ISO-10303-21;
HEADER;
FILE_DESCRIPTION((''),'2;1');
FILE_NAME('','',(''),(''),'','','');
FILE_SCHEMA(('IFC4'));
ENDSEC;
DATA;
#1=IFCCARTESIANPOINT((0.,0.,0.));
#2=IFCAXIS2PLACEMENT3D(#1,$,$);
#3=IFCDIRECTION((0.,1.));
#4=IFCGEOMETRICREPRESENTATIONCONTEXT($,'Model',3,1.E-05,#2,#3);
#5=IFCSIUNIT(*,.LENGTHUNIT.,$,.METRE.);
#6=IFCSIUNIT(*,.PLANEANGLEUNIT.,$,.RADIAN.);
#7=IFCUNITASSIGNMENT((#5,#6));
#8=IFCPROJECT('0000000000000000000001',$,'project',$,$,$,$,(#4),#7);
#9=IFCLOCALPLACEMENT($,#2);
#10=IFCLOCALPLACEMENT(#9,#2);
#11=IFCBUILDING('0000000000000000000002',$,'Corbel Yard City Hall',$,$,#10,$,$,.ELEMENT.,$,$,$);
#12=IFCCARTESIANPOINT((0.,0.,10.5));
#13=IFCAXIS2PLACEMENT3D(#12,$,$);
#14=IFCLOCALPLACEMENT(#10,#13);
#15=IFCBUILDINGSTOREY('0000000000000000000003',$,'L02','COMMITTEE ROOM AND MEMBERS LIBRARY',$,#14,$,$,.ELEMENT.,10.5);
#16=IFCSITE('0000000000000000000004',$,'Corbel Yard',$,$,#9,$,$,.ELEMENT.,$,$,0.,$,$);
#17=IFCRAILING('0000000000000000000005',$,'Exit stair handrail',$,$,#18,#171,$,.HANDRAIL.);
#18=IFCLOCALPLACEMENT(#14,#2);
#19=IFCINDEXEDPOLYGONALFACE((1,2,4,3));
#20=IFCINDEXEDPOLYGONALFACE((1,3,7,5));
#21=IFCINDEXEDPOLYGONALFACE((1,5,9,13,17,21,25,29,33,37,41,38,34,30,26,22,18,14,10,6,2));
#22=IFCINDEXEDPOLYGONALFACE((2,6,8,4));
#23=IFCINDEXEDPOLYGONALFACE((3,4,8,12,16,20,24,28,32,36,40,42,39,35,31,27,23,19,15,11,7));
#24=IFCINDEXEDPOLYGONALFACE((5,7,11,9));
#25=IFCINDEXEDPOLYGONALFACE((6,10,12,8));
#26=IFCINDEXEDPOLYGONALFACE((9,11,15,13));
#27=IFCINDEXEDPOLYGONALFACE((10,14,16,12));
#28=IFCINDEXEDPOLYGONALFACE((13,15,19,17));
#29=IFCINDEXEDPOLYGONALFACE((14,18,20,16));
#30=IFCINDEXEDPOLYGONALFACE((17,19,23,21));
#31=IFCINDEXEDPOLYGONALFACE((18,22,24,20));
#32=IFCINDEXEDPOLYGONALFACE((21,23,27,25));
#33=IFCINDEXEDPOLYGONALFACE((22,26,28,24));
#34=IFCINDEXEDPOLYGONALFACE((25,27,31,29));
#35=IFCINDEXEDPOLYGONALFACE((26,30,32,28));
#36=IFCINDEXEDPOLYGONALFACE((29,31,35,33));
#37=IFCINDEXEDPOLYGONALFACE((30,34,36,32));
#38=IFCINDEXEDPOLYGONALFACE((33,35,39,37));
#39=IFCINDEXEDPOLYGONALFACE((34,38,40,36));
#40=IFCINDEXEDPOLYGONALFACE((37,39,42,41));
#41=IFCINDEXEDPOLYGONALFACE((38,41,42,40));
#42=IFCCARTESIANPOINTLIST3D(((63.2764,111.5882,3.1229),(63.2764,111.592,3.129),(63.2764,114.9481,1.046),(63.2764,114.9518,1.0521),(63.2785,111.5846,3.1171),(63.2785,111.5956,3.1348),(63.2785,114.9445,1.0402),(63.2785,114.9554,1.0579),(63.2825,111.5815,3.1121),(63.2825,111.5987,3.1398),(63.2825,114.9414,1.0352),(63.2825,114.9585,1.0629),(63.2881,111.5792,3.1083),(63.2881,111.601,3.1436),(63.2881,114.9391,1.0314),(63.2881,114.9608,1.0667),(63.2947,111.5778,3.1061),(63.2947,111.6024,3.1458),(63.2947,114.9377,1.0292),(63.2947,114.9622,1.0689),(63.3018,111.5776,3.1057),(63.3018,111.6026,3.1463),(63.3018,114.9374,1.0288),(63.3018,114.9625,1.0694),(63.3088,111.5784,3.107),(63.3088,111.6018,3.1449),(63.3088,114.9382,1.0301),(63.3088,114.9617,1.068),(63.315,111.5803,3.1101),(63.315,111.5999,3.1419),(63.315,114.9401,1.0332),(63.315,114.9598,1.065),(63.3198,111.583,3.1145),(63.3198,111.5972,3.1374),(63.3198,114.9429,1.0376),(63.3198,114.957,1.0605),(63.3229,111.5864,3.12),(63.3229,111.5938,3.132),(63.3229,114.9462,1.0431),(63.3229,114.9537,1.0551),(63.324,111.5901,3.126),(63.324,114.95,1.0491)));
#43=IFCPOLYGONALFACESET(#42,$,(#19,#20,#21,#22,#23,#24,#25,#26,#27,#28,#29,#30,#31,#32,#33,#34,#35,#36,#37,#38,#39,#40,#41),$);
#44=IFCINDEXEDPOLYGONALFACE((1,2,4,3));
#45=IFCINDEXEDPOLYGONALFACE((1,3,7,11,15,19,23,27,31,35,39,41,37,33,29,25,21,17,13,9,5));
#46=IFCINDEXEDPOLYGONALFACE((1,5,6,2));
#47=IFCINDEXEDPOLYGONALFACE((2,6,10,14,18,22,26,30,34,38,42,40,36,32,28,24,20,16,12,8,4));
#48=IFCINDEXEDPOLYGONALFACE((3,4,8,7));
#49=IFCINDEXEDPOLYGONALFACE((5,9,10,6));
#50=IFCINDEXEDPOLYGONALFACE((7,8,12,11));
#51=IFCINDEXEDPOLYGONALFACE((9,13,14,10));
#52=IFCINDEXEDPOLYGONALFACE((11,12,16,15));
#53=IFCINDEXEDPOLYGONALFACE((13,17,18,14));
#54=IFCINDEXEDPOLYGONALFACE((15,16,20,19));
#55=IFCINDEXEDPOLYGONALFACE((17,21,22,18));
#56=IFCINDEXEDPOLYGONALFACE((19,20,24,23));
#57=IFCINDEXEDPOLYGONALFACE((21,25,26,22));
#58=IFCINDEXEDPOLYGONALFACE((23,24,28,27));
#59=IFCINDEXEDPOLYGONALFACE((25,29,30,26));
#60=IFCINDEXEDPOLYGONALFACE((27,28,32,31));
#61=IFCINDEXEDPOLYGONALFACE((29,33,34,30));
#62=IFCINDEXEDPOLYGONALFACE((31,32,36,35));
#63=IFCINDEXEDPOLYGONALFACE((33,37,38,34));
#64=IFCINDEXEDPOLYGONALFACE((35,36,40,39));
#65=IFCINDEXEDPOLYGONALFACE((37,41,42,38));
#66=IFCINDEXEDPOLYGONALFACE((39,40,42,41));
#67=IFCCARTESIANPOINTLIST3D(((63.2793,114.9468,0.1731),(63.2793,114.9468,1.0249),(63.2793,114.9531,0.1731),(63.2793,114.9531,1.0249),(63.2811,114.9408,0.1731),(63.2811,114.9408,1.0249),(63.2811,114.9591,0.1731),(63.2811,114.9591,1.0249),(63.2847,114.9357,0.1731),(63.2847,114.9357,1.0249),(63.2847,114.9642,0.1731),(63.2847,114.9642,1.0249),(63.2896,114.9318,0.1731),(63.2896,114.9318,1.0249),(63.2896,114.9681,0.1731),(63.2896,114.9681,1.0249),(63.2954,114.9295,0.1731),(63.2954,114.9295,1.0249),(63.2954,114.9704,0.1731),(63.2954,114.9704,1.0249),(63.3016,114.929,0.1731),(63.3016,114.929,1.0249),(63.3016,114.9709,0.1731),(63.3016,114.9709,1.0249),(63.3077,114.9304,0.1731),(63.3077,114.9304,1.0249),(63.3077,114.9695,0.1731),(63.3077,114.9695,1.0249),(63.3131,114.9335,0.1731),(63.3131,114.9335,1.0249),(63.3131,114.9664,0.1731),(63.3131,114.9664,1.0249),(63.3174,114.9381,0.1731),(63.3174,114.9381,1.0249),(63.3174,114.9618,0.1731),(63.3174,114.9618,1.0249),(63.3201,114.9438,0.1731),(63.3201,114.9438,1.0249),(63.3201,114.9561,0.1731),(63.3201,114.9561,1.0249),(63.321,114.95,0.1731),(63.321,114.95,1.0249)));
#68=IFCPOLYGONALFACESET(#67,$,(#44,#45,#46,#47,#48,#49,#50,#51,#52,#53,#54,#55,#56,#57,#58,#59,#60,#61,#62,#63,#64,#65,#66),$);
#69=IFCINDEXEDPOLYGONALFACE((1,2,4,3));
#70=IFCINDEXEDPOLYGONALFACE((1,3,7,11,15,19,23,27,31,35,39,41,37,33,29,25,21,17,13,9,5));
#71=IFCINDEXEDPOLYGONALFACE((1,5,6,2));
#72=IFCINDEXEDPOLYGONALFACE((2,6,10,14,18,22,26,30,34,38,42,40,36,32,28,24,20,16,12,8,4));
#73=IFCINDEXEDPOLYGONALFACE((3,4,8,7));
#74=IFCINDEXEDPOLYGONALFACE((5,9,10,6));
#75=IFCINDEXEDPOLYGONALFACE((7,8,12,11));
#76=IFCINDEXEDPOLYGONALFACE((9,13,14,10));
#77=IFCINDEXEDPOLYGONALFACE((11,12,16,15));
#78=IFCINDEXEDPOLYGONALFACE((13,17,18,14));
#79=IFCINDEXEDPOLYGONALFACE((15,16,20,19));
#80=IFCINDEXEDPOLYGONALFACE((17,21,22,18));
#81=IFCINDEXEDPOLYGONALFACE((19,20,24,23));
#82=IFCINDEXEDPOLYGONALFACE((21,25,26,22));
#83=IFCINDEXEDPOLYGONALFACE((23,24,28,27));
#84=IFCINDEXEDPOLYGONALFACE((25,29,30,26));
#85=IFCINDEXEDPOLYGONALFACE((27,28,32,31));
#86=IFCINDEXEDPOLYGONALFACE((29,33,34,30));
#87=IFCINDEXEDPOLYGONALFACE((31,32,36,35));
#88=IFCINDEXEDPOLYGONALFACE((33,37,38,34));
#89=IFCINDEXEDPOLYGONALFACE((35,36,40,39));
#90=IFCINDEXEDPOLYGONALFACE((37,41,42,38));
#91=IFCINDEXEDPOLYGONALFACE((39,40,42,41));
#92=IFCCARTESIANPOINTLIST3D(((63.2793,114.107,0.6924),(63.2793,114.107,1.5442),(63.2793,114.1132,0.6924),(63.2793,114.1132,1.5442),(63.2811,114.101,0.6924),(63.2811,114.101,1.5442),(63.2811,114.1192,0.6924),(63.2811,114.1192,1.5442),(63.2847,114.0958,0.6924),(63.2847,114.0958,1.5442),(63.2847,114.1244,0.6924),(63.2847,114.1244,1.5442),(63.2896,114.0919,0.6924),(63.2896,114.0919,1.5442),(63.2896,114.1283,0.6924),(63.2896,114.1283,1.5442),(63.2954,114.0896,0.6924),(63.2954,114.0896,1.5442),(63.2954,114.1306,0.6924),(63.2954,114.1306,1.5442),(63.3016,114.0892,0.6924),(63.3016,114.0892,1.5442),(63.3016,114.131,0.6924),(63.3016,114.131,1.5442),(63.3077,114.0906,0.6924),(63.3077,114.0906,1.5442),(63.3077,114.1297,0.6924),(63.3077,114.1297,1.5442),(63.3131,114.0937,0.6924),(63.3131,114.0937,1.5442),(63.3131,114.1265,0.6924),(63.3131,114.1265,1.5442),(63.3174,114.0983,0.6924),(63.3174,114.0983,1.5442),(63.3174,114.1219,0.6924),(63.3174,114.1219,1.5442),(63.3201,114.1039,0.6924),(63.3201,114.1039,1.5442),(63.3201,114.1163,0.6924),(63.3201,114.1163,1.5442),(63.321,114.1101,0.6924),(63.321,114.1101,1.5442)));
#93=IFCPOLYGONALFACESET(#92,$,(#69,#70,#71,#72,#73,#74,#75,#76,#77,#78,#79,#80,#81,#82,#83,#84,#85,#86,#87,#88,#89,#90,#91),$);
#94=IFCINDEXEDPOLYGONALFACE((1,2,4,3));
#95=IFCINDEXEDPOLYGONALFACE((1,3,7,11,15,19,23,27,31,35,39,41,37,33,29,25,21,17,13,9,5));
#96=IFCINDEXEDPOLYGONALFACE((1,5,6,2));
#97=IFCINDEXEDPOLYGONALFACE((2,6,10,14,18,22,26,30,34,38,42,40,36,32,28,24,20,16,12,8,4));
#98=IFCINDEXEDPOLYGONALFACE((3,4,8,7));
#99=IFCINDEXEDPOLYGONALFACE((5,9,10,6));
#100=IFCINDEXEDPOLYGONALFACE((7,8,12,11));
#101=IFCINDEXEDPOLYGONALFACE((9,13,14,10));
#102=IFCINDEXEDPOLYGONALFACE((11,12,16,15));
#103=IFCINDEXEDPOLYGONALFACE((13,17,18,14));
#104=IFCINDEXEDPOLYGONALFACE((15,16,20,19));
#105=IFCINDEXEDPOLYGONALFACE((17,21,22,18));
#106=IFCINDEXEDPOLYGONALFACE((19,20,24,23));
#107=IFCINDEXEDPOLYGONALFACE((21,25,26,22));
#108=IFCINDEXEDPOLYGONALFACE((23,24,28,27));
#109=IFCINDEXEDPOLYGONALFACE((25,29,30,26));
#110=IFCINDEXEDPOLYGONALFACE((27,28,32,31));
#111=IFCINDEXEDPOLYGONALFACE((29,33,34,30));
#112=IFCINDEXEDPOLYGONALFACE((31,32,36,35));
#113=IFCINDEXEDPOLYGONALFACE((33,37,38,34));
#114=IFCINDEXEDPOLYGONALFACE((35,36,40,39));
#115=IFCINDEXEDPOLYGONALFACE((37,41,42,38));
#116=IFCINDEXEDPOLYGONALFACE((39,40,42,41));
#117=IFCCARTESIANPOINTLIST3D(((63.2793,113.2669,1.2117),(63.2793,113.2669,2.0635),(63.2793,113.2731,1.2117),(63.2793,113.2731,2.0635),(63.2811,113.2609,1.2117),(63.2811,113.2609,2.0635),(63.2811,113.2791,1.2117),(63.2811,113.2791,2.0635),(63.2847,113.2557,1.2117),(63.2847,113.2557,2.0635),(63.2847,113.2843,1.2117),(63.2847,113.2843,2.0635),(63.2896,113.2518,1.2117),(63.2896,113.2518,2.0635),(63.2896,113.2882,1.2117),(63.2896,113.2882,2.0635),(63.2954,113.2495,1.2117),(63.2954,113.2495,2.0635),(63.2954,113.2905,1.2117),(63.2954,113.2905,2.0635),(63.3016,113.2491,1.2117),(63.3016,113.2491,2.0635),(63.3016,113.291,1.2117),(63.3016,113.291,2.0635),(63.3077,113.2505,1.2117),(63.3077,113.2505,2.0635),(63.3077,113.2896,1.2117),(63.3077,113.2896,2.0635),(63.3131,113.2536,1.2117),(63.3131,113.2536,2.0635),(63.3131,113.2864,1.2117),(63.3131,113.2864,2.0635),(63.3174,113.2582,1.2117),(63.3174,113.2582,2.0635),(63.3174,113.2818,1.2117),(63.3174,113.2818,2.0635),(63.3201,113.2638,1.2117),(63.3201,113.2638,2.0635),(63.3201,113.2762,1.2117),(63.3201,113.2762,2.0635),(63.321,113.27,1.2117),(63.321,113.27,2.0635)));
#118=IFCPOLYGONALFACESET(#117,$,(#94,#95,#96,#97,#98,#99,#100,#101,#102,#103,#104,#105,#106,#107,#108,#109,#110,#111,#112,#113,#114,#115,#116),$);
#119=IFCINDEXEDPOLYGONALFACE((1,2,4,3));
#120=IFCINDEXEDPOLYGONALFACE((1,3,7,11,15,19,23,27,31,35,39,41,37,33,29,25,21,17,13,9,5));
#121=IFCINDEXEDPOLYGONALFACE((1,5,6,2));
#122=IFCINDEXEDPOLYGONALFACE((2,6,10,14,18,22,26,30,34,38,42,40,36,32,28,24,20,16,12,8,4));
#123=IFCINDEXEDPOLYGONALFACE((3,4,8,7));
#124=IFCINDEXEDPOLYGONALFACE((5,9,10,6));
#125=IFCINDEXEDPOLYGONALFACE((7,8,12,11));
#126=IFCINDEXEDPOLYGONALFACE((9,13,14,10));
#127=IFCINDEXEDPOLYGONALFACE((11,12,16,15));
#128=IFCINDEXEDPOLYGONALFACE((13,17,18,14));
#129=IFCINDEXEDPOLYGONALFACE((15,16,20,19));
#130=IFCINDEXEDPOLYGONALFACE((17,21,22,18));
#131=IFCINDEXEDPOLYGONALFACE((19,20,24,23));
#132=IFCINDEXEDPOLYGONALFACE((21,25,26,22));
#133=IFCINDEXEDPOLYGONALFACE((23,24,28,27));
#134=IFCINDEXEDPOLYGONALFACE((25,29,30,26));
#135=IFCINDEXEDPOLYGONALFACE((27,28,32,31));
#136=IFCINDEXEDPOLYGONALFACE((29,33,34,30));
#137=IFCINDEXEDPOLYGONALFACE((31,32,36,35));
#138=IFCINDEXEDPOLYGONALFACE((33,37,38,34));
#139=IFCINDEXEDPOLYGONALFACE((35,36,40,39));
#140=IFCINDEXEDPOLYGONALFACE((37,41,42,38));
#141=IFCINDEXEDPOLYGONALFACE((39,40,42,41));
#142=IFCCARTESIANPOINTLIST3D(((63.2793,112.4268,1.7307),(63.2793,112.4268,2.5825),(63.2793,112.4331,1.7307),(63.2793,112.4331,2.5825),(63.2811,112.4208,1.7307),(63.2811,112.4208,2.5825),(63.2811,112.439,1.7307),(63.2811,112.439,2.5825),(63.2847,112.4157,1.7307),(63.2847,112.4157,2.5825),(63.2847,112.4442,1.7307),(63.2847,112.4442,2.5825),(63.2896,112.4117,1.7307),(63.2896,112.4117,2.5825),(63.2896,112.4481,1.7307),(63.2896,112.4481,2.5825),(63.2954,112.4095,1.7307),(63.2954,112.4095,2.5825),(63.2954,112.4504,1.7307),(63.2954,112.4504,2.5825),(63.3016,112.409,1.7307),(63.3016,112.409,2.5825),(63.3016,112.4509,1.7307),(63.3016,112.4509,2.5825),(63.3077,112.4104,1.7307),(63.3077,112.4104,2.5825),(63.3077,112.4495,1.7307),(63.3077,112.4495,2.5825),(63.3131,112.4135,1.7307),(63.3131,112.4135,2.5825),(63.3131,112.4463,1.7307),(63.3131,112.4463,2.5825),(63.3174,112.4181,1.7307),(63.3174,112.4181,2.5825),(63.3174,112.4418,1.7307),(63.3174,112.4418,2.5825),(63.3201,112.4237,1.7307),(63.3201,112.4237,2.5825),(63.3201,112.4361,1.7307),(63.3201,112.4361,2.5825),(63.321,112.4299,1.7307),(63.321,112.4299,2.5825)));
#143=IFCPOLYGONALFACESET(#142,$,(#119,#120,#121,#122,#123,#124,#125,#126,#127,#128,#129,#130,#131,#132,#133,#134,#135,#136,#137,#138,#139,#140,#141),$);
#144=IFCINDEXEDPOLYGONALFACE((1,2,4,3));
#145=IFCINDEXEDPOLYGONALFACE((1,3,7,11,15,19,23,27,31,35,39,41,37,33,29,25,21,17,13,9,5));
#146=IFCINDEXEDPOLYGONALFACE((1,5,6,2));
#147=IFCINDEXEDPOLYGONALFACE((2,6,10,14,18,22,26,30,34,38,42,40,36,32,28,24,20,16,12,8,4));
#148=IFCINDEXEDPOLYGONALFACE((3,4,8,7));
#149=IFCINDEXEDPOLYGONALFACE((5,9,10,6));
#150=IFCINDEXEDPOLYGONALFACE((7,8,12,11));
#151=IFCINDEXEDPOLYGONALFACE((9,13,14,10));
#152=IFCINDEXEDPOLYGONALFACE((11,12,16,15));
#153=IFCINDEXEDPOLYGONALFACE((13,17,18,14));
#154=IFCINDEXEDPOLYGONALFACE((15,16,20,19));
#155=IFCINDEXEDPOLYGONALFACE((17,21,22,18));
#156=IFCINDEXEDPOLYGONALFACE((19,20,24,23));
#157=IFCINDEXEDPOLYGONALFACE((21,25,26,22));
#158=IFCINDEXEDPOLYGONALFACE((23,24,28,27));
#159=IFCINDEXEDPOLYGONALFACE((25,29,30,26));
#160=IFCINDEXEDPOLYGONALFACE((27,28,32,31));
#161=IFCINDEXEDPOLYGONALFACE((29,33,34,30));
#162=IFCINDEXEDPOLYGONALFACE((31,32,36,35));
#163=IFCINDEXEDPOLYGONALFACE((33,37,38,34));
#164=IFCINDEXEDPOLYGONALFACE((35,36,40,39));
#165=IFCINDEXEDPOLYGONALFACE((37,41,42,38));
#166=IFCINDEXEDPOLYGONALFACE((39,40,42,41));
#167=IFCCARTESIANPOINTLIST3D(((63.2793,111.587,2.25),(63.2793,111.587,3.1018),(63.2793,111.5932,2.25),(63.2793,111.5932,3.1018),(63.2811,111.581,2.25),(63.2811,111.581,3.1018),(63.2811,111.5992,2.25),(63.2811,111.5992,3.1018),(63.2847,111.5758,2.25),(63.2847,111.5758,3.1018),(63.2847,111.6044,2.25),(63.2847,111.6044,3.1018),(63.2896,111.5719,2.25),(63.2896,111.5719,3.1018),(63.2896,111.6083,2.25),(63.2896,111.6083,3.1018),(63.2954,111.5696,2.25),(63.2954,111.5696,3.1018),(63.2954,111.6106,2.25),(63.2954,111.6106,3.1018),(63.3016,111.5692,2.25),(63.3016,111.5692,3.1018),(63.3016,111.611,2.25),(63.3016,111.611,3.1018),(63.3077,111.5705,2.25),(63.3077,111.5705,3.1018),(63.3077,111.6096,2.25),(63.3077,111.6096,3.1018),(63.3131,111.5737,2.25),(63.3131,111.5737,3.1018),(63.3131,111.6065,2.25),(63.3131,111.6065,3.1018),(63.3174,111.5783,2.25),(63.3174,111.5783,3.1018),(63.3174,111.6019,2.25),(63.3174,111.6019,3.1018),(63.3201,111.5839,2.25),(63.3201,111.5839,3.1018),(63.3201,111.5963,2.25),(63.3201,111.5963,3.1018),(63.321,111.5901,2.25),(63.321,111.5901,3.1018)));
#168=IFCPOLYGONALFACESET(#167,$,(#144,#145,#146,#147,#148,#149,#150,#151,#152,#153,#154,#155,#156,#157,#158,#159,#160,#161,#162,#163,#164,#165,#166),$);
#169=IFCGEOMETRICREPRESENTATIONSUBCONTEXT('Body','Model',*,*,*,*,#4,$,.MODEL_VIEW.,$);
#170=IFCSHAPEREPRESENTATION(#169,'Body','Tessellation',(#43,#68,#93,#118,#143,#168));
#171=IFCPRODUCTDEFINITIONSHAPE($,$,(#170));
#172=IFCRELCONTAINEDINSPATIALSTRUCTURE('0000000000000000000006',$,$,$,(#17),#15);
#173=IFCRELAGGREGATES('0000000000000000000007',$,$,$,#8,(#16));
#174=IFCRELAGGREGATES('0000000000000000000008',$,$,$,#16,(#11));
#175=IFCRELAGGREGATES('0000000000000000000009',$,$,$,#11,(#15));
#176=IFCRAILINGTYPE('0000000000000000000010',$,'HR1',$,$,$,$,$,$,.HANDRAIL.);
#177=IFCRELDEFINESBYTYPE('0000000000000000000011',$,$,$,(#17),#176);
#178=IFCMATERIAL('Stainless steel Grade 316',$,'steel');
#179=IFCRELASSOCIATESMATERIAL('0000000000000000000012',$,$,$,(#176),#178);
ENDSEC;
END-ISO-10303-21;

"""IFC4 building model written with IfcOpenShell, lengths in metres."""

from ifc_helpers import new_model, si_unit, direction, frame, origin, origin_2d, place, context, subcontext, project, spatial, circle, extrude, material, type_object, element, save


model = new_model("IFC4")

# Units and contexts
model_context = context("Model", 3, precision=1e-05, world=origin(), true_north=direction((0.0, 1.0)))
body_context = subcontext(model_context, "Body", "Model", "MODEL_VIEW")
ifc_project = project(units=[si_unit("LENGTHUNIT", "METRE"), si_unit("PLANEANGLEUNIT", "RADIAN")], contexts=[model_context])

# Site, building, storey
site_placement = place(None, origin())
site = spatial("IfcSite", under=ifc_project, at=site_placement, Name="Corbel Yard", CompositionType="ELEMENT", RefElevation=0.0)
building_placement = place(site_placement, origin())
building = spatial("IfcBuilding", under=site, at=building_placement, Name="Corbel Yard City Hall", CompositionType="ELEMENT")
storey_placement = place(building_placement, frame((0.0, 0.0, 10.5)))
storey = spatial("IfcBuildingStorey", under=building, at=storey_placement, Name="L02", Description="COMMITTEE ROOM AND MEMBERS LIBRARY", CompositionType="ELEMENT", Elevation=10.5)

# Shared definitions
ifc_material_1 = material(Name="Stainless steel Grade 316", Category="steel")

# Railing
railing_type_1 = type_object("IfcRailingType", Name="HR1", PredefinedType="HANDRAIL", material=ifc_material_1)
for number, where, name in (
    (1, (63.3, 114.95, 0.1731), "Exit stair handrail"),
):
    element("IfcRailing", number, at=place(storey_placement, frame(where)), inside=storey, type_object=railing_type_1, Name=name, PredefinedType="HANDRAIL", context=body_context, shape_type="SweptSolid", body=[
        extrude(circle(Radius=0.0239, at=origin_2d()), frame((0.0, 0.0, 0.876), z_axis=(0.0, -0.850606, 0.525803), x_axis=(1.0, 0.0, 0.0)), (0.0, 0.0, 1.0), 3.95),
        extrude(circle(Radius=0.021, at=origin_2d()), origin(), (0.0, 0.0, 1.0), 0.8518),
        extrude(circle(Radius=0.021, at=origin_2d()), frame((0.0, -0.8398, 0.5193)), (0.0, 0.0, 1.0), 0.8518),
        extrude(circle(Radius=0.021, at=origin_2d()), frame((0.0, -1.6799, 1.0386)), (0.0, 0.0, 1.0), 0.8518),
        extrude(circle(Radius=0.021, at=origin_2d()), frame((0.0, -2.52, 1.5576)), (0.0, 0.0, 1.0), 0.8518),
        extrude(circle(Radius=0.021, at=origin_2d()), frame((0.0, -3.3599, 2.0769)), (0.0, 0.0, 1.0), 0.8518),
    ])

save(model, "model.ifc")
